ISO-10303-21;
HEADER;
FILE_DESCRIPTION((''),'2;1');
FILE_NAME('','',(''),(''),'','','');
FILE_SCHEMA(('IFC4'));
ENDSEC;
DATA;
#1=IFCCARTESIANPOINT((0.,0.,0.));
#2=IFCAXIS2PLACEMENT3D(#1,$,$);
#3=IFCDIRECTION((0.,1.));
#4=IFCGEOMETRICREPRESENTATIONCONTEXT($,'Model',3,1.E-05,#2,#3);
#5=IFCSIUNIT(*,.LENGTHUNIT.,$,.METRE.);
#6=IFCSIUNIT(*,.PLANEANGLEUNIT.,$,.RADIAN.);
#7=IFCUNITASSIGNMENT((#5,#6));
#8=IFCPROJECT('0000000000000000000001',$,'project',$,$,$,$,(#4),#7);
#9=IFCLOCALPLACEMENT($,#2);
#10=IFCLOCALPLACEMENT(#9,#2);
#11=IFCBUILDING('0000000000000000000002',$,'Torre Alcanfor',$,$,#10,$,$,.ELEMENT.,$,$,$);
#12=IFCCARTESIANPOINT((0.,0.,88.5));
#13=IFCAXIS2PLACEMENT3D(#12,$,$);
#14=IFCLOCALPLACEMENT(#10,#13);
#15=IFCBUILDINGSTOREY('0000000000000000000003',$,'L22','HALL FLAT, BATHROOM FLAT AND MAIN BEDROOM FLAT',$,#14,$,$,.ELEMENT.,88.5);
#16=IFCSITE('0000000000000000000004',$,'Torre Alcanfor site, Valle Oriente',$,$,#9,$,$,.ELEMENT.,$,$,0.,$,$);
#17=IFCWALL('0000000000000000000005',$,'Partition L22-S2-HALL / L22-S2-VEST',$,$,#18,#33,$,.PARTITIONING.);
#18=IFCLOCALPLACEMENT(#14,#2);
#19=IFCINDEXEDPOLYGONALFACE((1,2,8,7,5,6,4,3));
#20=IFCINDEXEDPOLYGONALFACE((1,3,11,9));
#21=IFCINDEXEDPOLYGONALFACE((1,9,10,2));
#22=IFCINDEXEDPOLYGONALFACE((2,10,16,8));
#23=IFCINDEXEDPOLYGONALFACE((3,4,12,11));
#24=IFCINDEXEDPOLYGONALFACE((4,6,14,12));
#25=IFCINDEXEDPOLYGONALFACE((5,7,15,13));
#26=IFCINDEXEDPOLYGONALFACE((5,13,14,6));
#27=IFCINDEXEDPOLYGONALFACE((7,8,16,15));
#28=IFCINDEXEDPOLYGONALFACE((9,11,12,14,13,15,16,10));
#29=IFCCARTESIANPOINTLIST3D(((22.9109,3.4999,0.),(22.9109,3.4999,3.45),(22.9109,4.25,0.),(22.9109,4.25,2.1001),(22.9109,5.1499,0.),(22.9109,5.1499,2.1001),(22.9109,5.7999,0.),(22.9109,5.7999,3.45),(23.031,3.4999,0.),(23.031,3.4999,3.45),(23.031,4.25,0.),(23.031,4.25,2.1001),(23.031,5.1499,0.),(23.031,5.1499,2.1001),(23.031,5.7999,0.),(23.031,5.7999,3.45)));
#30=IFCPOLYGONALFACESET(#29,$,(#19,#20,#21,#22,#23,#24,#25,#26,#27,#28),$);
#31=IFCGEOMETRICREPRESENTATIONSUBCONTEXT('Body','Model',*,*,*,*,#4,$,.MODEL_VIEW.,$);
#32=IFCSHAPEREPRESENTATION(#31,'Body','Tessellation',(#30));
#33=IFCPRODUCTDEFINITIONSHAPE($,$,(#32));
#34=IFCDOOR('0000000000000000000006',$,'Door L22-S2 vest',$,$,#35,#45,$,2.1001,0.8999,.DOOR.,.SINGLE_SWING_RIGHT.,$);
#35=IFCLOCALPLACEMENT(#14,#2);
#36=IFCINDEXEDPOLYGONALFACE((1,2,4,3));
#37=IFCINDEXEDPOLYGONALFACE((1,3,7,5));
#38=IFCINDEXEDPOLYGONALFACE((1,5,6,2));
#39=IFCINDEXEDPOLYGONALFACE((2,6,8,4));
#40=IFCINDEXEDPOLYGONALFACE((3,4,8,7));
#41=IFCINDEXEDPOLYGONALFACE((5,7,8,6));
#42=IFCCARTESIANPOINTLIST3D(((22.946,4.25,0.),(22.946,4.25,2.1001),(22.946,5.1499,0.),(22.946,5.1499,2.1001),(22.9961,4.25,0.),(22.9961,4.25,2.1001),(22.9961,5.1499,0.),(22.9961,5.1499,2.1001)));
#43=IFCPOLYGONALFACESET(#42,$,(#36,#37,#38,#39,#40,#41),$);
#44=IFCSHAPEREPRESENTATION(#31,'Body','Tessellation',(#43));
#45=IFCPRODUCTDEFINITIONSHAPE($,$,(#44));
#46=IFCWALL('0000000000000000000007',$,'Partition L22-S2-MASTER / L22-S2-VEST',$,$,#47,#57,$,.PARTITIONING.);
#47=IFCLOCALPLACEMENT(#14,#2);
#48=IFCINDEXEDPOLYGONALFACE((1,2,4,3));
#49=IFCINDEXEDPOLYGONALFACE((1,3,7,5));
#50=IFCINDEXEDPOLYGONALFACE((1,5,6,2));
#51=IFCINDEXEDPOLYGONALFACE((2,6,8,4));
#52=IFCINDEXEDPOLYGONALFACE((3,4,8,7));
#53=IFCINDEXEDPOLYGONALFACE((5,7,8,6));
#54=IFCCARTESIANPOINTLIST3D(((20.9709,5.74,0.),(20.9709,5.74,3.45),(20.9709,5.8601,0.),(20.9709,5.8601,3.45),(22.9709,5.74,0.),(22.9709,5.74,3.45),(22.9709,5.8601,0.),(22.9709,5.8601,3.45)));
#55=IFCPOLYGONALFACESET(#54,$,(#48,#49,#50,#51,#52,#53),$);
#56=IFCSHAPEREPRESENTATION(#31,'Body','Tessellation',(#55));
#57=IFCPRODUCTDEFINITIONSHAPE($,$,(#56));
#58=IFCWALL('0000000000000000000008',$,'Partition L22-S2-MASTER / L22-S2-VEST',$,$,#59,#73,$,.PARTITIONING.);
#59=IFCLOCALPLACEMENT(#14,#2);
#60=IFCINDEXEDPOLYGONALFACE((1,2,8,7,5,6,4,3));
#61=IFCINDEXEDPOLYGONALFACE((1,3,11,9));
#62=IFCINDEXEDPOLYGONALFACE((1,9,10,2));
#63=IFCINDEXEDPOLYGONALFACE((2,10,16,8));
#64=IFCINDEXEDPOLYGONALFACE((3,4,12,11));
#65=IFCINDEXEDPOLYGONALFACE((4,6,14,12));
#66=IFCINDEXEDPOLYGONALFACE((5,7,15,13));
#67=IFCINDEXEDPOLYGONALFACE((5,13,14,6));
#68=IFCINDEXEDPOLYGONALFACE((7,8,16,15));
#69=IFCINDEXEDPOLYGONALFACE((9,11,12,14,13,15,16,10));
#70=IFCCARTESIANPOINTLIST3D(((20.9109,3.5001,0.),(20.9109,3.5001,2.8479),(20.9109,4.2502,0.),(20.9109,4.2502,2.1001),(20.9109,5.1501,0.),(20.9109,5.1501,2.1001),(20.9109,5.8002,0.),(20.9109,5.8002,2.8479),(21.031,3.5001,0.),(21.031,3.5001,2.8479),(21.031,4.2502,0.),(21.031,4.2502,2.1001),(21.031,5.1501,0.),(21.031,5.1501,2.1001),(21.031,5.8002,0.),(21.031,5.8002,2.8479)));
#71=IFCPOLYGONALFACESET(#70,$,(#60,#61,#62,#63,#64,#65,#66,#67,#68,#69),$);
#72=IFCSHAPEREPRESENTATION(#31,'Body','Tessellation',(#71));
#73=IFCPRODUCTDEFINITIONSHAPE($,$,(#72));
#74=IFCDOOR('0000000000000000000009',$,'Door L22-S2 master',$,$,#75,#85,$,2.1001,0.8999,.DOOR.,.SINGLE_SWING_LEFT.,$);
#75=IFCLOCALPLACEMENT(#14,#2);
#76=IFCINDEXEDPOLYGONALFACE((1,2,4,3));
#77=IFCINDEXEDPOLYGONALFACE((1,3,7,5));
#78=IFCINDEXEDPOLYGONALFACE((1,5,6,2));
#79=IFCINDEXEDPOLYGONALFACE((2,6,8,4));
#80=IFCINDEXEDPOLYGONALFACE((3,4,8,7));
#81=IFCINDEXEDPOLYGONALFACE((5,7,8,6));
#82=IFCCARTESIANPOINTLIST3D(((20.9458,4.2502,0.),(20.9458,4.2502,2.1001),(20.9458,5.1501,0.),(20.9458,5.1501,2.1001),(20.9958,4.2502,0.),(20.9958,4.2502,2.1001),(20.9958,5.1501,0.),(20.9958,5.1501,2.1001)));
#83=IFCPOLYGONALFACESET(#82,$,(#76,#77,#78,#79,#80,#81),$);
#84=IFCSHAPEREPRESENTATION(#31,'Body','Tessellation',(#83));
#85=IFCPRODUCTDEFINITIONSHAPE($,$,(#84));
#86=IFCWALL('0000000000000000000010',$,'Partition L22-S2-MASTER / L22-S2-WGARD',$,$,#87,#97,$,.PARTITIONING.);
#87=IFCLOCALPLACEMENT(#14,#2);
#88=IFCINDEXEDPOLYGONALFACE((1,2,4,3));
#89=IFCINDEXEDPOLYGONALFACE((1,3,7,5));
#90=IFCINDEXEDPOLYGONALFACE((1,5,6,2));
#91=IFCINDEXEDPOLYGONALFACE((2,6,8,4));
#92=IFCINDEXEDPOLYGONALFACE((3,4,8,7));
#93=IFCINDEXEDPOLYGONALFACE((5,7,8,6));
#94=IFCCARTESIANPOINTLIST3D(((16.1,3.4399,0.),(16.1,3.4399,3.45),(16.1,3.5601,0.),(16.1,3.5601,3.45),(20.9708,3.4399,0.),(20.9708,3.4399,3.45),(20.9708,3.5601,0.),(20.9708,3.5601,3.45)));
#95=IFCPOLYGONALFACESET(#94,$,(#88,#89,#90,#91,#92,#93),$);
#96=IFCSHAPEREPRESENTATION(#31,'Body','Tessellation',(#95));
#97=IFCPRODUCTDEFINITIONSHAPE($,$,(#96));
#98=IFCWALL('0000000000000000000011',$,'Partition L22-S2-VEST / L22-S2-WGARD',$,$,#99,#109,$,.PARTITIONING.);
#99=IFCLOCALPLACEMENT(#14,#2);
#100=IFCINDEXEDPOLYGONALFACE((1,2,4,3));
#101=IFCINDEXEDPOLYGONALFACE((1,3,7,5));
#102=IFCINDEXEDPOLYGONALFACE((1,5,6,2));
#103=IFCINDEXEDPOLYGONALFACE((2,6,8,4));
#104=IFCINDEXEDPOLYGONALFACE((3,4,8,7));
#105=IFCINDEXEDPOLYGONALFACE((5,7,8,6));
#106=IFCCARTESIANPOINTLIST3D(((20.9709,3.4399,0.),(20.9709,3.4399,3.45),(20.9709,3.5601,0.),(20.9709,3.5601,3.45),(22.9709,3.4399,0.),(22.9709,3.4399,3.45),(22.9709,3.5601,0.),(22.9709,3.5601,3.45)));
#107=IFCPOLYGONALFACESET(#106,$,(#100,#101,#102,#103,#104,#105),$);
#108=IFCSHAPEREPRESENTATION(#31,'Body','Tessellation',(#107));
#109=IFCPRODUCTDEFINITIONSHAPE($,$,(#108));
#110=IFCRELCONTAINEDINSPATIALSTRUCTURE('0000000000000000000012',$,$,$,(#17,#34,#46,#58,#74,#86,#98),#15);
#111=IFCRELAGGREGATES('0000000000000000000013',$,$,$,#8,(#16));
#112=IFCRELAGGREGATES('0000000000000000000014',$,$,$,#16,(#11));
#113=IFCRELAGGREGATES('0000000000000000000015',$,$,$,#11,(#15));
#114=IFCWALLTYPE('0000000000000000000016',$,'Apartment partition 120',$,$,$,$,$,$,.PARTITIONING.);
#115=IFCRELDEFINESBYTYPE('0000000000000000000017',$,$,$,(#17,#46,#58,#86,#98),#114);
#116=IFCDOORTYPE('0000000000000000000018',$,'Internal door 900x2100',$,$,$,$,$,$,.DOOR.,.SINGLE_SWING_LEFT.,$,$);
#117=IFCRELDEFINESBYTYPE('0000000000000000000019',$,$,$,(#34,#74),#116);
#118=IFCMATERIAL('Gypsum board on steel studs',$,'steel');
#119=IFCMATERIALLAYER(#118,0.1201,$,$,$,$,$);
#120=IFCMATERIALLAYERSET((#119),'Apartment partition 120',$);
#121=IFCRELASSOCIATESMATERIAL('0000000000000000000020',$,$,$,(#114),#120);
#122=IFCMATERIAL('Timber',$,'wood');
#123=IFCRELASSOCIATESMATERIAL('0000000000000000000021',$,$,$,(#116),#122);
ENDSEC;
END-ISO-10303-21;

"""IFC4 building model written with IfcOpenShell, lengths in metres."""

from ifc_helpers import new_model, si_unit, direction, frame, frame_2d, origin, place, context, subcontext, project, spatial, rectangle, extrude, material, layer, layer_set, type_object, element, fill, save


model = new_model("IFC4")

# Units and contexts
model_context = context("Model", 3, precision=1e-05, world=origin(), true_north=direction((0.0, 1.0)))
body_context = subcontext(model_context, "Body", "Model", "MODEL_VIEW")
ifc_project = project(units=[si_unit("LENGTHUNIT", "METRE"), si_unit("PLANEANGLEUNIT", "RADIAN")], contexts=[model_context])

# Site, building, storey
site_placement = place(None, origin())
site = spatial("IfcSite", under=ifc_project, at=site_placement, Name="Torre Alcanfor site, Valle Oriente", CompositionType="ELEMENT", RefElevation=0.0)
building_placement = place(site_placement, origin())
building = spatial("IfcBuilding", under=site, at=building_placement, Name="Torre Alcanfor", CompositionType="ELEMENT")
storey_placement = place(building_placement, frame((0.0, 0.0, 88.5)))
storey = spatial("IfcBuildingStorey", under=building, at=storey_placement, Name="L22", Description="HALL FLAT, BATHROOM FLAT AND MAIN BEDROOM FLAT", CompositionType="ELEMENT", Elevation=88.5)

# Wall, opening, door
ifc_material_1 = material(Name="Gypsum board on steel studs", Category="steel")
ifc_layer_1 = layer(ifc_material_1, 0.1201)
ifc_layer_set_1 = layer_set([ifc_layer_1], Name="Apartment partition 120")
wall_type = type_object("IfcWallType", Name="Apartment partition 120", PredefinedType="PARTITIONING", material=ifc_layer_set_1)
ifc_material_2 = material(Name="Timber", Category="wood")
door_type = type_object("IfcDoorType", Name="Internal door 900x2100", OperationType="SINGLE_SWING_LEFT", PredefinedType="DOOR", material=ifc_material_2)
wall_1_placement = place(storey_placement, frame((22.9709, 3.5, 0.0), z_axis=(0.0, 0.0, 1.0), x_axis=(0.0, 1.0, 0.0)))
wall_1 = element("IfcWall", 1, at=wall_1_placement, inside=storey, type_object=wall_type, Name="Partition L22-S2-HALL / L22-S2-VEST", PredefinedType="PARTITIONING", context=body_context, shape_type="SweptSolid", body=[
    extrude(rectangle(XDim=2.3, YDim=0.1201, at=frame_2d((1.1499, 0.0))), origin(), (0.0, 0.0, 1.0), 3.45),
])
opening_1_placement = place(wall_1_placement, frame((0.75, 0.0, 0.0)))
opening_1 = element("IfcOpeningElement", 2, at=opening_1_placement, cuts=wall_1, PredefinedType="OPENING", context=body_context, shape_type="SweptSolid", body=[
    extrude(rectangle(XDim=0.8999, YDim=2.1001, at=frame_2d((0.45, 1.05))), frame((0.0, 0.0701, 0.0), z_axis=(0.0, -1.0, 0.0), x_axis=(1.0, 0.0, 0.0)), (0.0, 0.0, 1.0), 0.1401),
])
door_1_placement = place(opening_1_placement, origin())
door_1 = element("IfcDoor", 3, at=door_1_placement, inside=storey, type_object=door_type, Name="Door L22-S2 vest", OperationType="SINGLE_SWING_RIGHT", OverallHeight=2.1001, OverallWidth=0.8999, PredefinedType="DOOR", context=body_context, shape_type="SweptSolid", body=[
    extrude(rectangle(XDim=0.8999, YDim=2.1001, at=frame_2d((0.45, 1.05))), frame((0.0, 0.0249, 0.0), z_axis=(0.0, -1.0, 0.0), x_axis=(1.0, 0.0, 0.0)), (0.0, 0.0, 1.0), 0.05),
])
fill(opening_1, door_1)

# Wall
wall_2_placement = place(storey_placement, frame((22.9709, 5.8, 0.0), z_axis=(0.0, 0.0, 1.0), x_axis=(-1.0, 0.0, 0.0)))
element("IfcWall", 4, at=wall_2_placement, inside=storey, type_object=wall_type, Name="Partition L22-S2-MASTER / L22-S2-VEST", PredefinedType="PARTITIONING", context=body_context, shape_type="SweptSolid", body=[
    extrude(rectangle(XDim=2.0, YDim=0.1201, at=frame_2d((1.0, 0.0))), origin(), (0.0, 0.0, 1.0), 3.45),
])

# Wall, opening, door
wall_3_placement = place(storey_placement, frame((20.9709, 5.8, 0.0), z_axis=(0.0, 0.0, 1.0), x_axis=(0.0, -1.0, 0.0)))
wall_3 = element("IfcWall", 5, at=wall_3_placement, inside=storey, type_object=wall_type, Name="Partition L22-S2-MASTER / L22-S2-VEST", PredefinedType="PARTITIONING", context=body_context, shape_type="SweptSolid", body=[
    extrude(rectangle(XDim=2.3, YDim=0.1201, at=frame_2d((1.1499, 0.0))), origin(), (0.0, 0.0, 1.0), 2.8479),
])
opening_2_placement = place(wall_3_placement, frame((0.6499, 0.0, 0.0)))
opening_2 = element("IfcOpeningElement", 6, at=opening_2_placement, cuts=wall_3, PredefinedType="OPENING", context=body_context, shape_type="SweptSolid", body=[
    extrude(rectangle(XDim=0.8999, YDim=2.1001, at=frame_2d((0.45, 1.05))), frame((0.0, 0.0701, 0.0), z_axis=(0.0, -1.0, 0.0), x_axis=(1.0, 0.0, 0.0)), (0.0, 0.0, 1.0), 0.1401),
])
door_2_placement = place(opening_2_placement, origin())
door_2 = element("IfcDoor", 7, at=door_2_placement, inside=storey, type_object=door_type, Name="Door L22-S2 master", OperationType="SINGLE_SWING_LEFT", OverallHeight=2.1001, OverallWidth=0.8999, PredefinedType="DOOR", context=body_context, shape_type="SweptSolid", body=[
    extrude(rectangle(XDim=0.8999, YDim=2.1001, at=frame_2d((0.45, 1.05))), frame((0.0, 0.0249, 0.0), z_axis=(0.0, -1.0, 0.0), x_axis=(1.0, 0.0, 0.0)), (0.0, 0.0, 1.0), 0.05),
])
fill(opening_2, door_2)

# Walls
wall_4_placement = place(storey_placement, frame((20.9709, 3.5, 0.0), z_axis=(0.0, 0.0, 1.0), x_axis=(-1.0, 0.0, 0.0)))
element("IfcWall", 8, at=wall_4_placement, inside=storey, type_object=wall_type, Name="Partition L22-S2-MASTER / L22-S2-WGARD", PredefinedType="PARTITIONING", context=body_context, shape_type="SweptSolid", body=[
    extrude(rectangle(XDim=4.8708, YDim=0.1201, at=frame_2d((2.4355, 0.0))), origin(), (0.0, 0.0, 1.0), 3.45),
])
wall_5_placement = place(storey_placement, frame((22.9709, 3.5, 0.0), z_axis=(0.0, 0.0, 1.0), x_axis=(-1.0, 0.0, 0.0)))
element("IfcWall", 9, at=wall_5_placement, inside=storey, type_object=wall_type, Name="Partition L22-S2-VEST / L22-S2-WGARD", PredefinedType="PARTITIONING", context=body_context, shape_type="SweptSolid", body=[
    extrude(rectangle(XDim=2.0, YDim=0.1201, at=frame_2d((1.0, 0.0))), origin(), (0.0, 0.0, 1.0), 3.45),
])

save(model, "model.ifc")
